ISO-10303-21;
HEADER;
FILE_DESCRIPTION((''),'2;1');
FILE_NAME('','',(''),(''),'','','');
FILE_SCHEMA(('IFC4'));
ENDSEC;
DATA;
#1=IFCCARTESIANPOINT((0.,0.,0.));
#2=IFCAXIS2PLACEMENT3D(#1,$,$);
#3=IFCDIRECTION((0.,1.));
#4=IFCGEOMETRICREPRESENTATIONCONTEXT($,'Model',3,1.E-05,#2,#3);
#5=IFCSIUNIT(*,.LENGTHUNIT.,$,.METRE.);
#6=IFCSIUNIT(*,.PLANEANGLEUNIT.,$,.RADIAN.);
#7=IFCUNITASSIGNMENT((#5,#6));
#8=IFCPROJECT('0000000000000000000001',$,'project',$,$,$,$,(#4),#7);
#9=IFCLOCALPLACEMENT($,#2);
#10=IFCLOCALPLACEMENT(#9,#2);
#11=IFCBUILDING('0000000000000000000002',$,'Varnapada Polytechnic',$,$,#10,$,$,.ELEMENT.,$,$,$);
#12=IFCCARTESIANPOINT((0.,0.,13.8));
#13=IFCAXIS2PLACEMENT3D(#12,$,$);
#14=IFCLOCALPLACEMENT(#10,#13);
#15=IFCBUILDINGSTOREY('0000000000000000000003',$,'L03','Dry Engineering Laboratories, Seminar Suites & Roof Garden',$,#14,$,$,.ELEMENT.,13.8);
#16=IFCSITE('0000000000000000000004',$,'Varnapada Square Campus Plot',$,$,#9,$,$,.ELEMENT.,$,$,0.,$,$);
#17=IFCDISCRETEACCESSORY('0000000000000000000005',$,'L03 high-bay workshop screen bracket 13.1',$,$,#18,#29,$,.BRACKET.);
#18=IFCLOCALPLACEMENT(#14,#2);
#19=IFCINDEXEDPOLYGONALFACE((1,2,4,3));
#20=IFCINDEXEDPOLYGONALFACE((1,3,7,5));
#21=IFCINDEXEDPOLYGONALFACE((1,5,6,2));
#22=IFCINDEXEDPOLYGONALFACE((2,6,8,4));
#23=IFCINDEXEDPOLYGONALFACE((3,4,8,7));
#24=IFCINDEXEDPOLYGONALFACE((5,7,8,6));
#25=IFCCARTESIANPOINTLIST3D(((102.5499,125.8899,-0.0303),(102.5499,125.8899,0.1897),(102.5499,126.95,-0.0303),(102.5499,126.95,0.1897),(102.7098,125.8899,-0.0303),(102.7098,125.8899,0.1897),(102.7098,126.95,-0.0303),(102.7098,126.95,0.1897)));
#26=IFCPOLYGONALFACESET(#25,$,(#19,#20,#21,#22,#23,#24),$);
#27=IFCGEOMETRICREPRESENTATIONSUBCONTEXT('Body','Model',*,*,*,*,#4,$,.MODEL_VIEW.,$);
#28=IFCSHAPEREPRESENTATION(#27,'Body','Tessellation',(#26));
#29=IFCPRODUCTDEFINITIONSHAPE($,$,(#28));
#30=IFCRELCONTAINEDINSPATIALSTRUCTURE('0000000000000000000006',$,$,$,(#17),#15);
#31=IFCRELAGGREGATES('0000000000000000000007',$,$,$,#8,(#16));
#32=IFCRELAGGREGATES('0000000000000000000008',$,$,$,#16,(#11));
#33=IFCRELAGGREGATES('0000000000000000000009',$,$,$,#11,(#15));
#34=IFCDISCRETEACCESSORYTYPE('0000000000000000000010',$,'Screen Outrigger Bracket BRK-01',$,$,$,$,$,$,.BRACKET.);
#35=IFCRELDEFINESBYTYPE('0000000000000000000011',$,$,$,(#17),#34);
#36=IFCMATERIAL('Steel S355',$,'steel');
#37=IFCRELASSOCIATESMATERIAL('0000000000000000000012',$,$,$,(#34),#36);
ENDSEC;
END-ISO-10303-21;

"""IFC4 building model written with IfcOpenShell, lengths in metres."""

from ifc_helpers import new_model, si_unit, direction, frame, origin, origin_2d, place, context, subcontext, project, spatial, rectangle, extrude, material, type_object, element, save


model = new_model("IFC4")

# Units and contexts
model_context = context("Model", 3, precision=1e-05, world=origin(), true_north=direction((0.0, 1.0)))
body_context = subcontext(model_context, "Body", "Model", "MODEL_VIEW")
ifc_project = project(units=[si_unit("LENGTHUNIT", "METRE"), si_unit("PLANEANGLEUNIT", "RADIAN")], contexts=[model_context])

# Site, building, storey
site_placement = place(None, origin())
site = spatial("IfcSite", under=ifc_project, at=site_placement, Name="Varnapada Square Campus Plot", CompositionType="ELEMENT", RefElevation=0.0)
building_placement = place(site_placement, origin())
building = spatial("IfcBuilding", under=site, at=building_placement, Name="Varnapada Polytechnic", CompositionType="ELEMENT")
storey_placement = place(building_placement, frame((0.0, 0.0, 13.8)))
storey = spatial("IfcBuildingStorey", under=building, at=storey_placement, Name="L03", Description="Dry Engineering Laboratories, Seminar Suites & Roof Garden", CompositionType="ELEMENT", Elevation=13.8)

# Discrete accessory
ifc_material_1 = material(Name="Steel S355", Category="steel")
discrete_accessory_type = type_object("IfcDiscreteAccessoryType", Name="Screen Outrigger Bracket BRK-01", PredefinedType="BRACKET", material=ifc_material_1)
discrete_accessory_placement = place(storey_placement, frame((102.6299, 126.4199, -0.0303), z_axis=(0.0, 0.0, 1.0), x_axis=(1.0, 0.0, 0.0)))
element("IfcDiscreteAccessory", 1, at=discrete_accessory_placement, inside=storey, type_object=discrete_accessory_type, Name="L03 high-bay workshop screen bracket 13.1", PredefinedType="BRACKET", context=body_context, shape_type="SweptSolid", body=[
    extrude(rectangle(XDim=0.1599, YDim=1.0601, at=origin_2d()), origin(), (0.0, 0.0, 1.0), 0.22),
])

save(model, "model.ifc")
